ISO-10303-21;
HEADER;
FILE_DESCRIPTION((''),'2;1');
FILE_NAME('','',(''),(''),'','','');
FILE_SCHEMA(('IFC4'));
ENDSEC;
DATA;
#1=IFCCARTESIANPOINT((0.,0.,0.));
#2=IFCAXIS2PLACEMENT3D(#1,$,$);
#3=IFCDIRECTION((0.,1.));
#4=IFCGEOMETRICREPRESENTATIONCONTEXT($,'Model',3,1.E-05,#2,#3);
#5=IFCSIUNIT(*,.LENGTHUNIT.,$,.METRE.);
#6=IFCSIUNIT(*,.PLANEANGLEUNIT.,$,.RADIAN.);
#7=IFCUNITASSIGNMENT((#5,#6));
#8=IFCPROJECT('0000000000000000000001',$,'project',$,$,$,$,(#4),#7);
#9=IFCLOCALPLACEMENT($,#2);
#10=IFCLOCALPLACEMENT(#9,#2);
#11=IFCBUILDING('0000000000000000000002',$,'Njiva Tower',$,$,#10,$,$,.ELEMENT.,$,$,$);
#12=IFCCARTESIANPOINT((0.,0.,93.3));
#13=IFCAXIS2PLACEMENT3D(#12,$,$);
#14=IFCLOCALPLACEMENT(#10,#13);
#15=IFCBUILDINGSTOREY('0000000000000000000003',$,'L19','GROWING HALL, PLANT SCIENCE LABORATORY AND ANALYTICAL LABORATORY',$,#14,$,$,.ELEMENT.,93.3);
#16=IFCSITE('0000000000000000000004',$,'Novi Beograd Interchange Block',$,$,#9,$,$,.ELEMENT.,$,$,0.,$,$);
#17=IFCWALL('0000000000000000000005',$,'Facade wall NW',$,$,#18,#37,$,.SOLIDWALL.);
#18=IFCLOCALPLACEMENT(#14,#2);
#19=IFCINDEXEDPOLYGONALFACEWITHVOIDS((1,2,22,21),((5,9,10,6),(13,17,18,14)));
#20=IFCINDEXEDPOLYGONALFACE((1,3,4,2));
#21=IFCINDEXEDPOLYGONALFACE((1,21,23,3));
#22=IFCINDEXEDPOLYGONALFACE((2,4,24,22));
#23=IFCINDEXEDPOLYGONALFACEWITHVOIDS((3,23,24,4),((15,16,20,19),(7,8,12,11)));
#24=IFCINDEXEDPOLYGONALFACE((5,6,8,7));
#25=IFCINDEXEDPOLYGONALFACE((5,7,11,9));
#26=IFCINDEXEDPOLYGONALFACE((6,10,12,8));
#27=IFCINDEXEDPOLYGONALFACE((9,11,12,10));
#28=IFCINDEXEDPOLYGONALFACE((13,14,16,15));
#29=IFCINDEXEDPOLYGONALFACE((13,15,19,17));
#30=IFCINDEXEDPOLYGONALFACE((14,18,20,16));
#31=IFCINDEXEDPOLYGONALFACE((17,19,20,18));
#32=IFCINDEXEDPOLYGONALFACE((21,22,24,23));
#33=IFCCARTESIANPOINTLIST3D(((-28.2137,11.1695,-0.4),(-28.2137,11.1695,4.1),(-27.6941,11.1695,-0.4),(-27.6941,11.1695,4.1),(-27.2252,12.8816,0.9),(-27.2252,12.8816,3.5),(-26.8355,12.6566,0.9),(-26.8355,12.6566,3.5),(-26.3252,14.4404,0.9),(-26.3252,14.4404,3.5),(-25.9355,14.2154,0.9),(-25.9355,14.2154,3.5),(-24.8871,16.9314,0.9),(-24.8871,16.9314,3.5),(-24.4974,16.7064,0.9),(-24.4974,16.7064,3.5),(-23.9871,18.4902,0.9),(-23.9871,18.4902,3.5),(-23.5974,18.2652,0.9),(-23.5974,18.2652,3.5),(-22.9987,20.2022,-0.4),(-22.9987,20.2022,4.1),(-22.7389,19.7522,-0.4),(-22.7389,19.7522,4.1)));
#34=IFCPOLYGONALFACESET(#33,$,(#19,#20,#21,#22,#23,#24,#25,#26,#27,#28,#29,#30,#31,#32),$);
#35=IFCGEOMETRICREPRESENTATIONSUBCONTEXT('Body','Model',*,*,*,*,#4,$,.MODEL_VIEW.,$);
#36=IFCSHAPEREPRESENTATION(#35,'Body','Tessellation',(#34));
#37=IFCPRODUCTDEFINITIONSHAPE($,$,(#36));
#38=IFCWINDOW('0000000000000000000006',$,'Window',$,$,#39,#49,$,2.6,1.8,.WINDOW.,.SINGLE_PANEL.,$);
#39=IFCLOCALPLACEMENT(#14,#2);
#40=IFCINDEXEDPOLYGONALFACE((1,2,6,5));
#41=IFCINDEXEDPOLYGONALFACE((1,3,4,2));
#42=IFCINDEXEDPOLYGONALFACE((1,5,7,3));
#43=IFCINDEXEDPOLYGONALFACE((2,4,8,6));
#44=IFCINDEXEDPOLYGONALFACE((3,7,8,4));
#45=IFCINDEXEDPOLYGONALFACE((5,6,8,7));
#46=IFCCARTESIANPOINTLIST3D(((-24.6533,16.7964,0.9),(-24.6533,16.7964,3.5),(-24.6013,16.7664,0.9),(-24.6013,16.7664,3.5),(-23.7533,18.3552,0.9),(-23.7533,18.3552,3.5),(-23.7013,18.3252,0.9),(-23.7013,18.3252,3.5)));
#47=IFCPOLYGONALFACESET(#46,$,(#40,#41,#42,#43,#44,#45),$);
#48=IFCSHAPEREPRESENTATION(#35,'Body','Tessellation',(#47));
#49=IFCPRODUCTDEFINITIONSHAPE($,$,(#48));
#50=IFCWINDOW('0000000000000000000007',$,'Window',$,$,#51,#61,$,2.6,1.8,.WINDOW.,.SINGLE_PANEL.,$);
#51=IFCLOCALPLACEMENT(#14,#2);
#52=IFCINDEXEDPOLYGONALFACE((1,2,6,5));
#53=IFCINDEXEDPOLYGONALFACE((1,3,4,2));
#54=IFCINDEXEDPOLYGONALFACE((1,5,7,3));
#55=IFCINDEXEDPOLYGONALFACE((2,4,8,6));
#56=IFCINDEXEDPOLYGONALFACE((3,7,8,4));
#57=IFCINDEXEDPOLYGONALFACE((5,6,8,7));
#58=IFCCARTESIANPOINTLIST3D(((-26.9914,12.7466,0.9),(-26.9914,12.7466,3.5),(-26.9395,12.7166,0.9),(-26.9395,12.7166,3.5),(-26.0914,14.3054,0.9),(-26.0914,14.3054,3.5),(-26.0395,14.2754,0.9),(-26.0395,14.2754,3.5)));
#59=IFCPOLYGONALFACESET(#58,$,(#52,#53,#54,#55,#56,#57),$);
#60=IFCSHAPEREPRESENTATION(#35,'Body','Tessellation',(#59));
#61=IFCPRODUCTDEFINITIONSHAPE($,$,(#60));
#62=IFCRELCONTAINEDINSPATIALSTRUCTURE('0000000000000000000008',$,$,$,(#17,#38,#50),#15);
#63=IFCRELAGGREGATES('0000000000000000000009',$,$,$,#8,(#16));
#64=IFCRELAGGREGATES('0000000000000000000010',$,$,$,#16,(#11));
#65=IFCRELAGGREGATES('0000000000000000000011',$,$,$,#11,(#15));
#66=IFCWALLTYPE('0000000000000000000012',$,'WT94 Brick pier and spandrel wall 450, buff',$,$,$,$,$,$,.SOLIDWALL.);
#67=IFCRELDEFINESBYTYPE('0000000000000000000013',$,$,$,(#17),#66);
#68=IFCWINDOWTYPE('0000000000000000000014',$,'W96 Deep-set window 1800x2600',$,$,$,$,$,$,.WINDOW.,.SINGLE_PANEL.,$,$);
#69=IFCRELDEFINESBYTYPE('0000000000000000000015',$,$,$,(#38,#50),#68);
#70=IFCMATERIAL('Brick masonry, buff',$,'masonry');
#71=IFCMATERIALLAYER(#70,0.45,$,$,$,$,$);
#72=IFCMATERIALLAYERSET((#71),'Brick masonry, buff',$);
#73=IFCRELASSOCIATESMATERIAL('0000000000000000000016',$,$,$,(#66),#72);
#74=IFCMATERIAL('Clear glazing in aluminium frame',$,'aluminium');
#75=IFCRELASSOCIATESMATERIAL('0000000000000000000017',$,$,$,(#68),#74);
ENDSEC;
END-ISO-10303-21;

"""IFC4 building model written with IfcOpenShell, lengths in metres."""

from ifc_helpers import new_model, si_unit, direction, frame, frame_2d, origin, place, context, subcontext, project, spatial, polyline, rectangle, outline, extrude, material, layer, layer_set, type_object, element, fill, save


model = new_model("IFC4")

# Units and contexts
model_context = context("Model", 3, precision=1e-05, world=origin(), true_north=direction((0.0, 1.0)))
body_context = subcontext(model_context, "Body", "Model", "MODEL_VIEW")
ifc_project = project(units=[si_unit("LENGTHUNIT", "METRE"), si_unit("PLANEANGLEUNIT", "RADIAN")], contexts=[model_context])

# Site, building, storey
site_placement = place(None, origin())
site = spatial("IfcSite", under=ifc_project, at=site_placement, Name="Novi Beograd Interchange Block", CompositionType="ELEMENT", RefElevation=0.0)
building_placement = place(site_placement, origin())
building = spatial("IfcBuilding", under=site, at=building_placement, Name="Njiva Tower", CompositionType="ELEMENT")
storey_placement = place(building_placement, frame((0.0, 0.0, 93.3)))
storey = spatial("IfcBuildingStorey", under=building, at=storey_placement, Name="L19", Description="GROWING HALL, PLANT SCIENCE LABORATORY AND ANALYTICAL LABORATORY", CompositionType="ELEMENT", Elevation=93.3)

# Wall, openings, windows
ifc_material_1 = material(Name="Brick masonry, buff", Category="masonry")
ifc_layer_1 = layer(ifc_material_1, 0.45)
ifc_layer_set_1 = layer_set([ifc_layer_1], Name="Brick masonry, buff")
wall_type_1 = type_object("IfcWallType", Name="WT94 Brick pier and spandrel wall 450, buff", PredefinedType="SOLIDWALL", material=ifc_layer_set_1)
wall_1_placement = place(storey_placement, frame((-22.8688, 19.9772, -0.4), z_axis=(0.0, 0.0, 1.0), x_axis=(-0.499998, -0.866027, 0.0)))
wall_1 = element("IfcWall", 1, at=wall_1_placement, inside=storey, type_object=wall_type_1, Name="Facade wall NW", PredefinedType="SOLIDWALL", context=body_context, shape_type="SweptSolid", body=[
    extrude(outline(polyline([(-0.1299, -0.225), (10.3001, -0.225), (10.0403, 0.225), (0.1299, 0.225), (-0.1299, -0.225)])), origin(), (0.0, 0.0, 1.0), 4.5),
])
opening_1_placement = place(wall_1_placement, frame((1.8469, 0.0, 1.3)))
opening_1 = element("IfcOpeningElement", 2, at=opening_1_placement, cuts=wall_1, PredefinedType="OPENING", context=body_context, shape_type="SweptSolid", body=[
    extrude(rectangle(XDim=1.8, YDim=2.6, at=frame_2d((0.9, 1.3))), frame((0.0, 0.235, 0.0), z_axis=(0.0, -1.0, 0.0), x_axis=(1.0, 0.0, 0.0)), (0.0, 0.0, 1.0), 0.47),
])
opening_2_placement = place(wall_1_placement, frame((6.5232, 0.0, 1.3)))
opening_2 = element("IfcOpeningElement", 3, at=opening_2_placement, cuts=wall_1, PredefinedType="OPENING", context=body_context, shape_type="SweptSolid", body=[
    extrude(rectangle(XDim=1.8, YDim=2.6, at=frame_2d((0.9, 1.3))), frame((0.0, 0.235, 0.0), z_axis=(0.0, -1.0, 0.0), x_axis=(1.0, 0.0, 0.0)), (0.0, 0.0, 1.0), 0.47),
])
ifc_material_2 = material(Name="Clear glazing in aluminium frame", Category="aluminium")
window_type = type_object("IfcWindowType", Name="W96 Deep-set window 1800x2600", PartitioningType="SINGLE_PANEL", PredefinedType="WINDOW", material=ifc_material_2)
window_1_placement = place(opening_1_placement, origin())
window_1 = element("IfcWindow", 4, at=window_1_placement, inside=storey, type_object=window_type, Name="Window", OverallHeight=2.6, OverallWidth=1.8, PartitioningType="SINGLE_PANEL", PredefinedType="WINDOW", context=body_context, shape_type="SweptSolid", body=[
    extrude(rectangle(XDim=1.8, YDim=2.6, at=frame_2d((0.9, 1.3))), frame((0.0, 0.105, 0.0), z_axis=(0.0, -1.0, 0.0), x_axis=(1.0, 0.0, 0.0)), (0.0, 0.0, 1.0), 0.06),
])
fill(opening_1, window_1)
window_2_placement = place(opening_2_placement, origin())
window_2 = element("IfcWindow", 5, at=window_2_placement, inside=storey, type_object=window_type, Name="Window", OverallHeight=2.6, OverallWidth=1.8, PartitioningType="SINGLE_PANEL", PredefinedType="WINDOW", context=body_context, shape_type="SweptSolid", body=[
    extrude(rectangle(XDim=1.8, YDim=2.6, at=frame_2d((0.9, 1.3))), frame((0.0, 0.105, 0.0), z_axis=(0.0, -1.0, 0.0), x_axis=(1.0, 0.0, 0.0)), (0.0, 0.0, 1.0), 0.06),
])
fill(opening_2, window_2)

save(model, "model.ifc")
